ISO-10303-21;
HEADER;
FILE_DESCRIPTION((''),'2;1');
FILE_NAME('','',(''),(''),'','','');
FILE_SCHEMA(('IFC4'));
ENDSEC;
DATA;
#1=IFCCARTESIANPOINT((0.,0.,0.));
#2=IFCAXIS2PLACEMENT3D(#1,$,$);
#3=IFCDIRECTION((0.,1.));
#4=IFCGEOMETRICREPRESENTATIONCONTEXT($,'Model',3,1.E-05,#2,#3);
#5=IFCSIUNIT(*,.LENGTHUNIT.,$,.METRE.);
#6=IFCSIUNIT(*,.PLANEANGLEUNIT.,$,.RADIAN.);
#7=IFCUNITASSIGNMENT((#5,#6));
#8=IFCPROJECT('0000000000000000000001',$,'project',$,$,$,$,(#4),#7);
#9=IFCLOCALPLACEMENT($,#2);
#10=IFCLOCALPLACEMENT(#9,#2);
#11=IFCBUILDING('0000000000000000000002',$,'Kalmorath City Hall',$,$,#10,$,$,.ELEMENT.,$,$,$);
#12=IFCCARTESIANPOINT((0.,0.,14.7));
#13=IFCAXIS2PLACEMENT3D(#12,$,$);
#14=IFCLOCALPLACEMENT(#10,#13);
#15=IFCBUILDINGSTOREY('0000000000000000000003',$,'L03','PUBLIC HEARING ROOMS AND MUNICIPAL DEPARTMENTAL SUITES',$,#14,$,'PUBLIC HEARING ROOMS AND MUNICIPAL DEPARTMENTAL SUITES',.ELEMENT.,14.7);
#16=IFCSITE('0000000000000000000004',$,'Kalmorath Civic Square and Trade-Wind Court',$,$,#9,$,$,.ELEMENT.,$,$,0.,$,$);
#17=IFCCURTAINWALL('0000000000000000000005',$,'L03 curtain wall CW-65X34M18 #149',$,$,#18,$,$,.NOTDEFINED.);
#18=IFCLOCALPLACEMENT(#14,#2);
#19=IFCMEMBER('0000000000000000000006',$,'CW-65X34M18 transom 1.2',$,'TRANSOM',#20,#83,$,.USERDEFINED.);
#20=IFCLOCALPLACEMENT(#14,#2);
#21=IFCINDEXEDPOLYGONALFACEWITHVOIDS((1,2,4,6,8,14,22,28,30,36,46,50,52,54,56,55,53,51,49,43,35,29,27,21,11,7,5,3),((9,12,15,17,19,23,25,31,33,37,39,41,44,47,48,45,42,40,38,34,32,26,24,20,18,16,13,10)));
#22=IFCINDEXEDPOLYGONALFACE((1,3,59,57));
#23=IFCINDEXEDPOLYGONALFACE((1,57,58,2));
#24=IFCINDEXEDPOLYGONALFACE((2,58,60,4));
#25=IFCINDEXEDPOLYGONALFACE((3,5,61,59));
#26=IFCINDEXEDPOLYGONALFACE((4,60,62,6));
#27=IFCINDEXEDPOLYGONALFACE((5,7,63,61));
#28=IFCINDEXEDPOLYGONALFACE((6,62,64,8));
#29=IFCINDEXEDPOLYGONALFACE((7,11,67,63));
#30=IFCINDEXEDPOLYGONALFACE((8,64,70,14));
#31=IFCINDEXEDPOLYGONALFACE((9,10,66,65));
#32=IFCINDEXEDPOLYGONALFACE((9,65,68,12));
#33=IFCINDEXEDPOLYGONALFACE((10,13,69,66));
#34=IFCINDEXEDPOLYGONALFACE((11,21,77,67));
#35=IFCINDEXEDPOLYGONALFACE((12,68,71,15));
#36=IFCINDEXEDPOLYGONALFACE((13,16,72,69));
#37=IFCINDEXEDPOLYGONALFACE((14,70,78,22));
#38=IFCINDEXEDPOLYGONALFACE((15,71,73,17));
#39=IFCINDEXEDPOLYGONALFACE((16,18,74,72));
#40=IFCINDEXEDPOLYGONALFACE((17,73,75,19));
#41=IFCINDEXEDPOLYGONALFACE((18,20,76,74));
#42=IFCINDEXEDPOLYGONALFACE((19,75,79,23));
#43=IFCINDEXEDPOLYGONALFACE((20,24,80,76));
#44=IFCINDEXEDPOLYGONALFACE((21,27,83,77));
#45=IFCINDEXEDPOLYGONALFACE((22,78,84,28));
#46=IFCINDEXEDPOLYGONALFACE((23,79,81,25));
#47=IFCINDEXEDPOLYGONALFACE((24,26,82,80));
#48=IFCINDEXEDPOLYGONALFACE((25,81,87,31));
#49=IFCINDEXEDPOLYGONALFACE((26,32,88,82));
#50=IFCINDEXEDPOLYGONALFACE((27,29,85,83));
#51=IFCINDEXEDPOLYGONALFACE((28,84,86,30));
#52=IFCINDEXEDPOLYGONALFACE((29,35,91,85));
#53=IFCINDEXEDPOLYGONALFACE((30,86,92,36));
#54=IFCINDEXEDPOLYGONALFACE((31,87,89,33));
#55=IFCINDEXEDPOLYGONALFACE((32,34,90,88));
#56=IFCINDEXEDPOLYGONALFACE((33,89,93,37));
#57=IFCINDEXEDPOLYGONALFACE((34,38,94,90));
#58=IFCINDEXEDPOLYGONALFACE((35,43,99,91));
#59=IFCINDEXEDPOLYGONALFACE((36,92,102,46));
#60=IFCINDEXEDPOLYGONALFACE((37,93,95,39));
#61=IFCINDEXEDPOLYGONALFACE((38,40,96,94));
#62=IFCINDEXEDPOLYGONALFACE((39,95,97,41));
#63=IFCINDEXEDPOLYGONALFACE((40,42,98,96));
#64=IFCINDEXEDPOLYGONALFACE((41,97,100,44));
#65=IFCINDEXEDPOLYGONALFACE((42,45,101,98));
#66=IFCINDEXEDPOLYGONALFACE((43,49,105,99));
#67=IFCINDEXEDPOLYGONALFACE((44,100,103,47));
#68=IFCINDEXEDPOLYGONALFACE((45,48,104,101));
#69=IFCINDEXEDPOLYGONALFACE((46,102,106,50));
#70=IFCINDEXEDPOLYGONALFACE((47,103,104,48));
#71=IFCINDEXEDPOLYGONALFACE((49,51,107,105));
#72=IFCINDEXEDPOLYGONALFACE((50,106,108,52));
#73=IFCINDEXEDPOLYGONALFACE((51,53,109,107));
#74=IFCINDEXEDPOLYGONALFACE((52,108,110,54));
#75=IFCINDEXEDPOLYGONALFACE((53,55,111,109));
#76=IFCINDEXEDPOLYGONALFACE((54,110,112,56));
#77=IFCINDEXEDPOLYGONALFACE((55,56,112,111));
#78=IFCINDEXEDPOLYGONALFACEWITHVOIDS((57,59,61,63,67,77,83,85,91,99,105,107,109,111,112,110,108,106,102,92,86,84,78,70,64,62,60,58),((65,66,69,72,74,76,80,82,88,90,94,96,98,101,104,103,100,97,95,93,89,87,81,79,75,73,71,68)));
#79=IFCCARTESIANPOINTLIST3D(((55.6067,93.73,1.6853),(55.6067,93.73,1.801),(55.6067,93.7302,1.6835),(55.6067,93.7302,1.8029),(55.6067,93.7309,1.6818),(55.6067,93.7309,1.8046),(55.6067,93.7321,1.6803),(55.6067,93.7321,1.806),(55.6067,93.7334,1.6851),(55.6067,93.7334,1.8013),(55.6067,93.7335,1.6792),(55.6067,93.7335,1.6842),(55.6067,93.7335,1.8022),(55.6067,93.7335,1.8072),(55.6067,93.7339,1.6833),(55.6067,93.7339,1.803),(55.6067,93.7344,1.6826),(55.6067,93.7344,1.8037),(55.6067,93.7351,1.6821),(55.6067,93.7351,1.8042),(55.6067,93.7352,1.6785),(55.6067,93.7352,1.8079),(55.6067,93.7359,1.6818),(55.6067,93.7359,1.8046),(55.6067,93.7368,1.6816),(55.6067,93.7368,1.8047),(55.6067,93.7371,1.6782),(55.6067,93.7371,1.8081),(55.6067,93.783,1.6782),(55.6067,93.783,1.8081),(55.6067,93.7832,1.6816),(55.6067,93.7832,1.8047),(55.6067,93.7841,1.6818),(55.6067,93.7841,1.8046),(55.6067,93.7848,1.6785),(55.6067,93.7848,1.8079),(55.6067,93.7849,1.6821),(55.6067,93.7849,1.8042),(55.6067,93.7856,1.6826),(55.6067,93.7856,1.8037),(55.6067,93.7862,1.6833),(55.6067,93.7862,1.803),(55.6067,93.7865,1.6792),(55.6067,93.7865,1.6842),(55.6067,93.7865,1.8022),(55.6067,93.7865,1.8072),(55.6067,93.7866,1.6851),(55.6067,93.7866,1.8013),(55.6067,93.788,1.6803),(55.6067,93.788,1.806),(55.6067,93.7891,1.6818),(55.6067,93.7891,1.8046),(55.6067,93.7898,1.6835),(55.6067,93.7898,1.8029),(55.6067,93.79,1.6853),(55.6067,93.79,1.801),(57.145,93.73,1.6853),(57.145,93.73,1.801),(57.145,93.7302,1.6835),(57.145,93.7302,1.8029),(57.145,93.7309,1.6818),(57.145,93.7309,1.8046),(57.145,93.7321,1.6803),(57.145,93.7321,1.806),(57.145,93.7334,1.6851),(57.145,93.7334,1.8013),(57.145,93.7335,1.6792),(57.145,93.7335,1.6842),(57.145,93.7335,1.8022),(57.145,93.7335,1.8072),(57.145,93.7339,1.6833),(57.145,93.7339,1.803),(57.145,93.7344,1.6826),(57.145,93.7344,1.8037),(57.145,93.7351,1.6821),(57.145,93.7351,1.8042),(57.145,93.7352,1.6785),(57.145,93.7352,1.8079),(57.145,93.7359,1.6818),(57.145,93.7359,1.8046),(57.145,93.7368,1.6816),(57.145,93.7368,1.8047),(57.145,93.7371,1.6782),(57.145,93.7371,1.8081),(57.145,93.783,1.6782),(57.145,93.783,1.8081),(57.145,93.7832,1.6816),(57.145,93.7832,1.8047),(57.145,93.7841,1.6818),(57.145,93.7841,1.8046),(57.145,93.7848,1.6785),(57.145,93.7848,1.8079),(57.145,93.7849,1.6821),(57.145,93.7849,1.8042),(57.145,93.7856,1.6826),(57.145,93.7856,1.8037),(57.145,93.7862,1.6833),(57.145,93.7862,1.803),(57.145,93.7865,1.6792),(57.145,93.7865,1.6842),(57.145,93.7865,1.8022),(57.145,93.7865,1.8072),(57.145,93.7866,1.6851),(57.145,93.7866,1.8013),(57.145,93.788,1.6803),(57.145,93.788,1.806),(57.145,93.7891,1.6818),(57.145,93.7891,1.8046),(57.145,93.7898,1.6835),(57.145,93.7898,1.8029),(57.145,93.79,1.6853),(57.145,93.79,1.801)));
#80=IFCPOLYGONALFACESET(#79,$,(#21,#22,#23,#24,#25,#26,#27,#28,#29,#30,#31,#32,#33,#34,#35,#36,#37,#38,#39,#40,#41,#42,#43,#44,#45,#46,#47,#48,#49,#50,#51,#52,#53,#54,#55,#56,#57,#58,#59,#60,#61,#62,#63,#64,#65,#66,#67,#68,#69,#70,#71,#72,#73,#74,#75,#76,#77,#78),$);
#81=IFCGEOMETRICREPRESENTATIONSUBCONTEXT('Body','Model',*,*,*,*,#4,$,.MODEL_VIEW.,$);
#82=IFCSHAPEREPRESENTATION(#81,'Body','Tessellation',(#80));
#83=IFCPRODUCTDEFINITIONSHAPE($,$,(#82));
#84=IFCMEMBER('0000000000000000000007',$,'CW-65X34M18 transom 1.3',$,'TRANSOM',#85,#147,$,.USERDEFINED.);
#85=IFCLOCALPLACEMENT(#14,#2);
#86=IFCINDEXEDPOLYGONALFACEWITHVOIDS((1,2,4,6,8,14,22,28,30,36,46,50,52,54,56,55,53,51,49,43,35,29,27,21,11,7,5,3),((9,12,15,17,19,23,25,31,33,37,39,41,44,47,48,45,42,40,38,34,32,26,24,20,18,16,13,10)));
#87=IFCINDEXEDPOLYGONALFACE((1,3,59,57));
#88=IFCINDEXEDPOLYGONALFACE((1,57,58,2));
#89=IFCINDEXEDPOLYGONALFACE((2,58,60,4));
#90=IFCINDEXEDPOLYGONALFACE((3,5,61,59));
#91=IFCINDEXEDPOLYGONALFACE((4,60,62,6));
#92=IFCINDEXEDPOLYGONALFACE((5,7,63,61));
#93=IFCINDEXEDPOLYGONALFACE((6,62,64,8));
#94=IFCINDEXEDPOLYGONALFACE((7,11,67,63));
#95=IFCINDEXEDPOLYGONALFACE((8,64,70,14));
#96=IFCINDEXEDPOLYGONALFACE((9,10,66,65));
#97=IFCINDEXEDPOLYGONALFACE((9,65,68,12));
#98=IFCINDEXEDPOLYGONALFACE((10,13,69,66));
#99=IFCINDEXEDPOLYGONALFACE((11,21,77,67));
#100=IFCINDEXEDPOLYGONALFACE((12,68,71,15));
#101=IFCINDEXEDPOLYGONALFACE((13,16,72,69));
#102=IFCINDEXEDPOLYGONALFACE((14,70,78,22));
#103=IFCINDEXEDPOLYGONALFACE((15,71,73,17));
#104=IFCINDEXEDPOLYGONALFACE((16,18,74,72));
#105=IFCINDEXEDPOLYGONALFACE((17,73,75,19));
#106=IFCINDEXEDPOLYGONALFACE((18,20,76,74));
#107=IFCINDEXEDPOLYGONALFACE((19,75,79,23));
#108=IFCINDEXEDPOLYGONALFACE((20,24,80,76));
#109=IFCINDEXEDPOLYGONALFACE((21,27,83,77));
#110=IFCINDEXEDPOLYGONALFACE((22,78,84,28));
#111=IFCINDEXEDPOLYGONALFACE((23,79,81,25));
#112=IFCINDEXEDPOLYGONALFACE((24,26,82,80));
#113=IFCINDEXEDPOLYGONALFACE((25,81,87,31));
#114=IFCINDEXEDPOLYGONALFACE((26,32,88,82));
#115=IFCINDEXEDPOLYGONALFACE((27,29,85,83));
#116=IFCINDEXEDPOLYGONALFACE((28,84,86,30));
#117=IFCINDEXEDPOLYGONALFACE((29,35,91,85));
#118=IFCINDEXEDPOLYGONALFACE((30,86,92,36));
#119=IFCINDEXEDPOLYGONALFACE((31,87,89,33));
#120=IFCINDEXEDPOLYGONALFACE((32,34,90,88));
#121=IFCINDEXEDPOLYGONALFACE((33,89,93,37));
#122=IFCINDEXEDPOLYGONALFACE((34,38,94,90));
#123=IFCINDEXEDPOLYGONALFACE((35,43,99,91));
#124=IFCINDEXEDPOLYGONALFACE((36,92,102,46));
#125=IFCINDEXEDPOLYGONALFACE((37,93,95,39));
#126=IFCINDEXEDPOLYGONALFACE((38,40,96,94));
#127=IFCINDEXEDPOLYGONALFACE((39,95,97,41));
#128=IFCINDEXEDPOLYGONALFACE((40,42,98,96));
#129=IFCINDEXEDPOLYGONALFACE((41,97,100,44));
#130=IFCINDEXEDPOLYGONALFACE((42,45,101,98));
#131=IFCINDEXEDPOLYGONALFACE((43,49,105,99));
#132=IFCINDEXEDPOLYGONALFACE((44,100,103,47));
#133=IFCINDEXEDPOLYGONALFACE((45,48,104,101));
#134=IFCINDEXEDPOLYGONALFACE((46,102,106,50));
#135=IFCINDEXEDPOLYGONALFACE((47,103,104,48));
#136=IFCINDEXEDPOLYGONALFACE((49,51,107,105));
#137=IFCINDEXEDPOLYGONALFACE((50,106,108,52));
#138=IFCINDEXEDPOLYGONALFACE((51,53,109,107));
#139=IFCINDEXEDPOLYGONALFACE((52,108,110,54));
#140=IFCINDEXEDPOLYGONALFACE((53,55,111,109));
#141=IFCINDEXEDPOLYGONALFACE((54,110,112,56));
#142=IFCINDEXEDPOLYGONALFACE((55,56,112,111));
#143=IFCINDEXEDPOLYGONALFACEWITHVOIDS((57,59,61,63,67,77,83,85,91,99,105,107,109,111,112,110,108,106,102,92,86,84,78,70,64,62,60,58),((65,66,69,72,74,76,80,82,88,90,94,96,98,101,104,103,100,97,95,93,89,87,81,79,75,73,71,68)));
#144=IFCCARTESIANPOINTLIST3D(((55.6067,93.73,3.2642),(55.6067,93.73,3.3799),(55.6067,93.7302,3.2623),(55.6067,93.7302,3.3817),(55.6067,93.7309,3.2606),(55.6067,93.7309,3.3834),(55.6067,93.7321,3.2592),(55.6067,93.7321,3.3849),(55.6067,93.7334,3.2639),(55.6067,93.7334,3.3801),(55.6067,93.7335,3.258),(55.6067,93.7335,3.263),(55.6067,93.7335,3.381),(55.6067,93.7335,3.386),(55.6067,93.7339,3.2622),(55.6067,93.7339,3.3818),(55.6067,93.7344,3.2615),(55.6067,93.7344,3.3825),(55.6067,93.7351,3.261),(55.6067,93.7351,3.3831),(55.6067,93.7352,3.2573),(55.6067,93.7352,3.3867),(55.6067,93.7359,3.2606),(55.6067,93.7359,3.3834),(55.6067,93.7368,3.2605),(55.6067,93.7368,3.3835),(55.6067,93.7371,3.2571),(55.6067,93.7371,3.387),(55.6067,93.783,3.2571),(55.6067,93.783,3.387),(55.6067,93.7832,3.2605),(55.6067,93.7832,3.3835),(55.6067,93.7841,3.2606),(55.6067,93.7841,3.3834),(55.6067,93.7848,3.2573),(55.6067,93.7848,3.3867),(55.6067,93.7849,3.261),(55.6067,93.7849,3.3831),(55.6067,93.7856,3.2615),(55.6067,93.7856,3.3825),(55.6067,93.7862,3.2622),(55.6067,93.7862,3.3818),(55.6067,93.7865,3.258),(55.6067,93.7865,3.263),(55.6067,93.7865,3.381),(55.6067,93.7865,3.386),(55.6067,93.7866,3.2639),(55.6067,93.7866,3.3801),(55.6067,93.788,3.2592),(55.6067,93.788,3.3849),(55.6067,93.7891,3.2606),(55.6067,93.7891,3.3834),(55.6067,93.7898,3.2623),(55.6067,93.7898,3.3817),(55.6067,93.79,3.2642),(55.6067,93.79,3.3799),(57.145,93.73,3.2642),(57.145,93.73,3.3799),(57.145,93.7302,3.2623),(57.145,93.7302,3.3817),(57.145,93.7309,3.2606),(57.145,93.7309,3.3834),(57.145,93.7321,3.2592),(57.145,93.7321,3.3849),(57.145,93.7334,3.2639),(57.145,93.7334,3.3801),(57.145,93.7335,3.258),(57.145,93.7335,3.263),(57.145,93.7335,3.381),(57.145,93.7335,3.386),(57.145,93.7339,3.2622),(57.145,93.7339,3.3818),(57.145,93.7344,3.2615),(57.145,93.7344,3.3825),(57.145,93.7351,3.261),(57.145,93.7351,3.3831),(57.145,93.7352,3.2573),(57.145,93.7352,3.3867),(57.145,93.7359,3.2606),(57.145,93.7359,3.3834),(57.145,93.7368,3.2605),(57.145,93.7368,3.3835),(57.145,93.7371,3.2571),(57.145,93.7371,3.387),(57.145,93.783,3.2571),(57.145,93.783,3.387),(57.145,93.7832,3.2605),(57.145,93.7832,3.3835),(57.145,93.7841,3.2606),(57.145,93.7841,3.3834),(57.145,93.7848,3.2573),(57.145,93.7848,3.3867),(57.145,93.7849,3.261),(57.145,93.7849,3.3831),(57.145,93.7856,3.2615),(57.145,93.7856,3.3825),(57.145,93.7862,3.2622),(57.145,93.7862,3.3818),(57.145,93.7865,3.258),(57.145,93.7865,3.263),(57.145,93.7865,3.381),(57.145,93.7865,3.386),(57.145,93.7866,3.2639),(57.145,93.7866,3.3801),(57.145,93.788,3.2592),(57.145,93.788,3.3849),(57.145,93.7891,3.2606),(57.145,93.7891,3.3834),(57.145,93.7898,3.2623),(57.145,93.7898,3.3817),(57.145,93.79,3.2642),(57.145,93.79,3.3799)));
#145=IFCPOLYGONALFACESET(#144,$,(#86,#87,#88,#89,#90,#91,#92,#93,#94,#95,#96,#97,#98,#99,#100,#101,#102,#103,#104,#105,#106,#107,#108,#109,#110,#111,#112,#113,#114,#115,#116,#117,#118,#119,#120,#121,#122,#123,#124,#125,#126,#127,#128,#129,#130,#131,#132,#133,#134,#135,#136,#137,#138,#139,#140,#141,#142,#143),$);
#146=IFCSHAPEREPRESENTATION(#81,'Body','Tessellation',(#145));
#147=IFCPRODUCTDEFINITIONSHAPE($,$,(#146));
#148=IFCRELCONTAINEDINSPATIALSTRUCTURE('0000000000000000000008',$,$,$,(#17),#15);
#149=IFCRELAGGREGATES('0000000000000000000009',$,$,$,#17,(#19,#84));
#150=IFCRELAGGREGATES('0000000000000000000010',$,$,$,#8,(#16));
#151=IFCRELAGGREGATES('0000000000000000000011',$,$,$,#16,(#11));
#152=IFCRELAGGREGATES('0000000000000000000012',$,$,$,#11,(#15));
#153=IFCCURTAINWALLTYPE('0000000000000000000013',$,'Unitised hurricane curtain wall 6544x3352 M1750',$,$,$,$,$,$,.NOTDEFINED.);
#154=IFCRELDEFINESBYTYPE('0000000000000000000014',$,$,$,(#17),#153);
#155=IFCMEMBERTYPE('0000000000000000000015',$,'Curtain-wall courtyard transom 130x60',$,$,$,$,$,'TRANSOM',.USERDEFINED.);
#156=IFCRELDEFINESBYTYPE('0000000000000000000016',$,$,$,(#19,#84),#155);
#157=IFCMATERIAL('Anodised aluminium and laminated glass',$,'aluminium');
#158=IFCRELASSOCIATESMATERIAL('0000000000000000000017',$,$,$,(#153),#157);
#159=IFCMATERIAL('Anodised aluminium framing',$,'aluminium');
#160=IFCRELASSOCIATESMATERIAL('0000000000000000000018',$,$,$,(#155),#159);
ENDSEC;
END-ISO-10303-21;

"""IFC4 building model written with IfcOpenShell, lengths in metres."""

from ifc_helpers import new_model, si_unit, direction, frame, origin, origin_2d, place, context, subcontext, project, spatial, hollow_rectangle, extrude, material, material_profile, profile_set, type_object, element, aggregate, save


model = new_model("IFC4")

# Units and contexts
model_context = context("Model", 3, precision=1e-05, world=origin(), true_north=direction((0.0, 1.0)))
body_context = subcontext(model_context, "Body", "Model", "MODEL_VIEW")
ifc_project = project(units=[si_unit("LENGTHUNIT", "METRE"), si_unit("PLANEANGLEUNIT", "RADIAN")], contexts=[model_context])

# Site, building, storey
site_placement = place(None, origin())
site = spatial("IfcSite", under=ifc_project, at=site_placement, Name="Kalmorath Civic Square and Trade-Wind Court", CompositionType="ELEMENT", RefElevation=0.0)
building_placement = place(site_placement, origin())
building = spatial("IfcBuilding", under=site, at=building_placement, Name="Kalmorath City Hall", CompositionType="ELEMENT")
storey_placement = place(building_placement, frame((0.0, 0.0, 14.7)))
storey = spatial("IfcBuildingStorey", under=building, at=storey_placement, Name="L03", Description="PUBLIC HEARING ROOMS AND MUNICIPAL DEPARTMENTAL SUITES", LongName="PUBLIC HEARING ROOMS AND MUNICIPAL DEPARTMENTAL SUITES", CompositionType="ELEMENT", Elevation=14.7)

# Curtain wall, members
ifc_material_1 = material(Name="Anodised aluminium and laminated glass", Category="aluminium")
curtain_wall_type_1 = type_object("IfcCurtainWallType", Name="Unitised hurricane curtain wall 6544x3352 M1750", PredefinedType="NOTDEFINED", material=ifc_material_1)
curtain_wall_1_placement = place(storey_placement, origin())
curtain_wall_1 = element("IfcCurtainWall", 1, at=curtain_wall_1_placement, inside=storey, type_object=curtain_wall_type_1, Name="L03 curtain wall CW-65X34M18 #149", PredefinedType="NOTDEFINED")
ifc_material_2 = material(Name="Anodised aluminium framing", Category="aluminium")
ifc_material_profile_1 = material_profile(ifc_material_2, hollow_rectangle(XDim=0.0601, YDim=0.1299, WallThickness=0.0034, InnerFilletRadius=0.0034, OuterFilletRadius=0.0071, at=origin_2d()), Name="ALU-TRN-130X60X3.5")
ifc_profile_set_1 = profile_set([ifc_material_profile_1], Name="Anodised aluminium framing")
member_type_1 = type_object("IfcMemberType", Name="Curtain-wall courtyard transom 130x60", ElementType="TRANSOM", PredefinedType="USERDEFINED", material=ifc_profile_set_1)
member_1_placement = place(storey_placement, frame((57.145, 93.76, 1.7432), z_axis=(-1.0, 0.0, 0.0), x_axis=(0.0, -1.0, 0.0)))
member_1 = element("IfcMember", 2, at=member_1_placement, type_object=member_type_1, Name="CW-65X34M18 transom 1.2", ObjectType="TRANSOM", PredefinedType="USERDEFINED", context=body_context, shape_type="SweptSolid", body=[
    extrude(hollow_rectangle(XDim=0.0601, YDim=0.1299, WallThickness=0.0034, InnerFilletRadius=0.0034, OuterFilletRadius=0.0071, at=origin_2d()), origin(), (0.0, 0.0, 1.0), 1.5383),
])
member_2_placement = place(storey_placement, frame((57.145, 93.76, 3.322), z_axis=(-1.0, 0.0, 0.0), x_axis=(0.0, -1.0, 0.0)))
member_2 = element("IfcMember", 3, at=member_2_placement, type_object=member_type_1, Name="CW-65X34M18 transom 1.3", ObjectType="TRANSOM", PredefinedType="USERDEFINED", context=body_context, shape_type="SweptSolid", body=[
    extrude(hollow_rectangle(XDim=0.0601, YDim=0.1299, WallThickness=0.0034, InnerFilletRadius=0.0034, OuterFilletRadius=0.0071, at=origin_2d()), origin(), (0.0, 0.0, 1.0), 1.5383),
])

aggregate(curtain_wall_1, [member_1, member_2])

save(model, "model.ifc")
